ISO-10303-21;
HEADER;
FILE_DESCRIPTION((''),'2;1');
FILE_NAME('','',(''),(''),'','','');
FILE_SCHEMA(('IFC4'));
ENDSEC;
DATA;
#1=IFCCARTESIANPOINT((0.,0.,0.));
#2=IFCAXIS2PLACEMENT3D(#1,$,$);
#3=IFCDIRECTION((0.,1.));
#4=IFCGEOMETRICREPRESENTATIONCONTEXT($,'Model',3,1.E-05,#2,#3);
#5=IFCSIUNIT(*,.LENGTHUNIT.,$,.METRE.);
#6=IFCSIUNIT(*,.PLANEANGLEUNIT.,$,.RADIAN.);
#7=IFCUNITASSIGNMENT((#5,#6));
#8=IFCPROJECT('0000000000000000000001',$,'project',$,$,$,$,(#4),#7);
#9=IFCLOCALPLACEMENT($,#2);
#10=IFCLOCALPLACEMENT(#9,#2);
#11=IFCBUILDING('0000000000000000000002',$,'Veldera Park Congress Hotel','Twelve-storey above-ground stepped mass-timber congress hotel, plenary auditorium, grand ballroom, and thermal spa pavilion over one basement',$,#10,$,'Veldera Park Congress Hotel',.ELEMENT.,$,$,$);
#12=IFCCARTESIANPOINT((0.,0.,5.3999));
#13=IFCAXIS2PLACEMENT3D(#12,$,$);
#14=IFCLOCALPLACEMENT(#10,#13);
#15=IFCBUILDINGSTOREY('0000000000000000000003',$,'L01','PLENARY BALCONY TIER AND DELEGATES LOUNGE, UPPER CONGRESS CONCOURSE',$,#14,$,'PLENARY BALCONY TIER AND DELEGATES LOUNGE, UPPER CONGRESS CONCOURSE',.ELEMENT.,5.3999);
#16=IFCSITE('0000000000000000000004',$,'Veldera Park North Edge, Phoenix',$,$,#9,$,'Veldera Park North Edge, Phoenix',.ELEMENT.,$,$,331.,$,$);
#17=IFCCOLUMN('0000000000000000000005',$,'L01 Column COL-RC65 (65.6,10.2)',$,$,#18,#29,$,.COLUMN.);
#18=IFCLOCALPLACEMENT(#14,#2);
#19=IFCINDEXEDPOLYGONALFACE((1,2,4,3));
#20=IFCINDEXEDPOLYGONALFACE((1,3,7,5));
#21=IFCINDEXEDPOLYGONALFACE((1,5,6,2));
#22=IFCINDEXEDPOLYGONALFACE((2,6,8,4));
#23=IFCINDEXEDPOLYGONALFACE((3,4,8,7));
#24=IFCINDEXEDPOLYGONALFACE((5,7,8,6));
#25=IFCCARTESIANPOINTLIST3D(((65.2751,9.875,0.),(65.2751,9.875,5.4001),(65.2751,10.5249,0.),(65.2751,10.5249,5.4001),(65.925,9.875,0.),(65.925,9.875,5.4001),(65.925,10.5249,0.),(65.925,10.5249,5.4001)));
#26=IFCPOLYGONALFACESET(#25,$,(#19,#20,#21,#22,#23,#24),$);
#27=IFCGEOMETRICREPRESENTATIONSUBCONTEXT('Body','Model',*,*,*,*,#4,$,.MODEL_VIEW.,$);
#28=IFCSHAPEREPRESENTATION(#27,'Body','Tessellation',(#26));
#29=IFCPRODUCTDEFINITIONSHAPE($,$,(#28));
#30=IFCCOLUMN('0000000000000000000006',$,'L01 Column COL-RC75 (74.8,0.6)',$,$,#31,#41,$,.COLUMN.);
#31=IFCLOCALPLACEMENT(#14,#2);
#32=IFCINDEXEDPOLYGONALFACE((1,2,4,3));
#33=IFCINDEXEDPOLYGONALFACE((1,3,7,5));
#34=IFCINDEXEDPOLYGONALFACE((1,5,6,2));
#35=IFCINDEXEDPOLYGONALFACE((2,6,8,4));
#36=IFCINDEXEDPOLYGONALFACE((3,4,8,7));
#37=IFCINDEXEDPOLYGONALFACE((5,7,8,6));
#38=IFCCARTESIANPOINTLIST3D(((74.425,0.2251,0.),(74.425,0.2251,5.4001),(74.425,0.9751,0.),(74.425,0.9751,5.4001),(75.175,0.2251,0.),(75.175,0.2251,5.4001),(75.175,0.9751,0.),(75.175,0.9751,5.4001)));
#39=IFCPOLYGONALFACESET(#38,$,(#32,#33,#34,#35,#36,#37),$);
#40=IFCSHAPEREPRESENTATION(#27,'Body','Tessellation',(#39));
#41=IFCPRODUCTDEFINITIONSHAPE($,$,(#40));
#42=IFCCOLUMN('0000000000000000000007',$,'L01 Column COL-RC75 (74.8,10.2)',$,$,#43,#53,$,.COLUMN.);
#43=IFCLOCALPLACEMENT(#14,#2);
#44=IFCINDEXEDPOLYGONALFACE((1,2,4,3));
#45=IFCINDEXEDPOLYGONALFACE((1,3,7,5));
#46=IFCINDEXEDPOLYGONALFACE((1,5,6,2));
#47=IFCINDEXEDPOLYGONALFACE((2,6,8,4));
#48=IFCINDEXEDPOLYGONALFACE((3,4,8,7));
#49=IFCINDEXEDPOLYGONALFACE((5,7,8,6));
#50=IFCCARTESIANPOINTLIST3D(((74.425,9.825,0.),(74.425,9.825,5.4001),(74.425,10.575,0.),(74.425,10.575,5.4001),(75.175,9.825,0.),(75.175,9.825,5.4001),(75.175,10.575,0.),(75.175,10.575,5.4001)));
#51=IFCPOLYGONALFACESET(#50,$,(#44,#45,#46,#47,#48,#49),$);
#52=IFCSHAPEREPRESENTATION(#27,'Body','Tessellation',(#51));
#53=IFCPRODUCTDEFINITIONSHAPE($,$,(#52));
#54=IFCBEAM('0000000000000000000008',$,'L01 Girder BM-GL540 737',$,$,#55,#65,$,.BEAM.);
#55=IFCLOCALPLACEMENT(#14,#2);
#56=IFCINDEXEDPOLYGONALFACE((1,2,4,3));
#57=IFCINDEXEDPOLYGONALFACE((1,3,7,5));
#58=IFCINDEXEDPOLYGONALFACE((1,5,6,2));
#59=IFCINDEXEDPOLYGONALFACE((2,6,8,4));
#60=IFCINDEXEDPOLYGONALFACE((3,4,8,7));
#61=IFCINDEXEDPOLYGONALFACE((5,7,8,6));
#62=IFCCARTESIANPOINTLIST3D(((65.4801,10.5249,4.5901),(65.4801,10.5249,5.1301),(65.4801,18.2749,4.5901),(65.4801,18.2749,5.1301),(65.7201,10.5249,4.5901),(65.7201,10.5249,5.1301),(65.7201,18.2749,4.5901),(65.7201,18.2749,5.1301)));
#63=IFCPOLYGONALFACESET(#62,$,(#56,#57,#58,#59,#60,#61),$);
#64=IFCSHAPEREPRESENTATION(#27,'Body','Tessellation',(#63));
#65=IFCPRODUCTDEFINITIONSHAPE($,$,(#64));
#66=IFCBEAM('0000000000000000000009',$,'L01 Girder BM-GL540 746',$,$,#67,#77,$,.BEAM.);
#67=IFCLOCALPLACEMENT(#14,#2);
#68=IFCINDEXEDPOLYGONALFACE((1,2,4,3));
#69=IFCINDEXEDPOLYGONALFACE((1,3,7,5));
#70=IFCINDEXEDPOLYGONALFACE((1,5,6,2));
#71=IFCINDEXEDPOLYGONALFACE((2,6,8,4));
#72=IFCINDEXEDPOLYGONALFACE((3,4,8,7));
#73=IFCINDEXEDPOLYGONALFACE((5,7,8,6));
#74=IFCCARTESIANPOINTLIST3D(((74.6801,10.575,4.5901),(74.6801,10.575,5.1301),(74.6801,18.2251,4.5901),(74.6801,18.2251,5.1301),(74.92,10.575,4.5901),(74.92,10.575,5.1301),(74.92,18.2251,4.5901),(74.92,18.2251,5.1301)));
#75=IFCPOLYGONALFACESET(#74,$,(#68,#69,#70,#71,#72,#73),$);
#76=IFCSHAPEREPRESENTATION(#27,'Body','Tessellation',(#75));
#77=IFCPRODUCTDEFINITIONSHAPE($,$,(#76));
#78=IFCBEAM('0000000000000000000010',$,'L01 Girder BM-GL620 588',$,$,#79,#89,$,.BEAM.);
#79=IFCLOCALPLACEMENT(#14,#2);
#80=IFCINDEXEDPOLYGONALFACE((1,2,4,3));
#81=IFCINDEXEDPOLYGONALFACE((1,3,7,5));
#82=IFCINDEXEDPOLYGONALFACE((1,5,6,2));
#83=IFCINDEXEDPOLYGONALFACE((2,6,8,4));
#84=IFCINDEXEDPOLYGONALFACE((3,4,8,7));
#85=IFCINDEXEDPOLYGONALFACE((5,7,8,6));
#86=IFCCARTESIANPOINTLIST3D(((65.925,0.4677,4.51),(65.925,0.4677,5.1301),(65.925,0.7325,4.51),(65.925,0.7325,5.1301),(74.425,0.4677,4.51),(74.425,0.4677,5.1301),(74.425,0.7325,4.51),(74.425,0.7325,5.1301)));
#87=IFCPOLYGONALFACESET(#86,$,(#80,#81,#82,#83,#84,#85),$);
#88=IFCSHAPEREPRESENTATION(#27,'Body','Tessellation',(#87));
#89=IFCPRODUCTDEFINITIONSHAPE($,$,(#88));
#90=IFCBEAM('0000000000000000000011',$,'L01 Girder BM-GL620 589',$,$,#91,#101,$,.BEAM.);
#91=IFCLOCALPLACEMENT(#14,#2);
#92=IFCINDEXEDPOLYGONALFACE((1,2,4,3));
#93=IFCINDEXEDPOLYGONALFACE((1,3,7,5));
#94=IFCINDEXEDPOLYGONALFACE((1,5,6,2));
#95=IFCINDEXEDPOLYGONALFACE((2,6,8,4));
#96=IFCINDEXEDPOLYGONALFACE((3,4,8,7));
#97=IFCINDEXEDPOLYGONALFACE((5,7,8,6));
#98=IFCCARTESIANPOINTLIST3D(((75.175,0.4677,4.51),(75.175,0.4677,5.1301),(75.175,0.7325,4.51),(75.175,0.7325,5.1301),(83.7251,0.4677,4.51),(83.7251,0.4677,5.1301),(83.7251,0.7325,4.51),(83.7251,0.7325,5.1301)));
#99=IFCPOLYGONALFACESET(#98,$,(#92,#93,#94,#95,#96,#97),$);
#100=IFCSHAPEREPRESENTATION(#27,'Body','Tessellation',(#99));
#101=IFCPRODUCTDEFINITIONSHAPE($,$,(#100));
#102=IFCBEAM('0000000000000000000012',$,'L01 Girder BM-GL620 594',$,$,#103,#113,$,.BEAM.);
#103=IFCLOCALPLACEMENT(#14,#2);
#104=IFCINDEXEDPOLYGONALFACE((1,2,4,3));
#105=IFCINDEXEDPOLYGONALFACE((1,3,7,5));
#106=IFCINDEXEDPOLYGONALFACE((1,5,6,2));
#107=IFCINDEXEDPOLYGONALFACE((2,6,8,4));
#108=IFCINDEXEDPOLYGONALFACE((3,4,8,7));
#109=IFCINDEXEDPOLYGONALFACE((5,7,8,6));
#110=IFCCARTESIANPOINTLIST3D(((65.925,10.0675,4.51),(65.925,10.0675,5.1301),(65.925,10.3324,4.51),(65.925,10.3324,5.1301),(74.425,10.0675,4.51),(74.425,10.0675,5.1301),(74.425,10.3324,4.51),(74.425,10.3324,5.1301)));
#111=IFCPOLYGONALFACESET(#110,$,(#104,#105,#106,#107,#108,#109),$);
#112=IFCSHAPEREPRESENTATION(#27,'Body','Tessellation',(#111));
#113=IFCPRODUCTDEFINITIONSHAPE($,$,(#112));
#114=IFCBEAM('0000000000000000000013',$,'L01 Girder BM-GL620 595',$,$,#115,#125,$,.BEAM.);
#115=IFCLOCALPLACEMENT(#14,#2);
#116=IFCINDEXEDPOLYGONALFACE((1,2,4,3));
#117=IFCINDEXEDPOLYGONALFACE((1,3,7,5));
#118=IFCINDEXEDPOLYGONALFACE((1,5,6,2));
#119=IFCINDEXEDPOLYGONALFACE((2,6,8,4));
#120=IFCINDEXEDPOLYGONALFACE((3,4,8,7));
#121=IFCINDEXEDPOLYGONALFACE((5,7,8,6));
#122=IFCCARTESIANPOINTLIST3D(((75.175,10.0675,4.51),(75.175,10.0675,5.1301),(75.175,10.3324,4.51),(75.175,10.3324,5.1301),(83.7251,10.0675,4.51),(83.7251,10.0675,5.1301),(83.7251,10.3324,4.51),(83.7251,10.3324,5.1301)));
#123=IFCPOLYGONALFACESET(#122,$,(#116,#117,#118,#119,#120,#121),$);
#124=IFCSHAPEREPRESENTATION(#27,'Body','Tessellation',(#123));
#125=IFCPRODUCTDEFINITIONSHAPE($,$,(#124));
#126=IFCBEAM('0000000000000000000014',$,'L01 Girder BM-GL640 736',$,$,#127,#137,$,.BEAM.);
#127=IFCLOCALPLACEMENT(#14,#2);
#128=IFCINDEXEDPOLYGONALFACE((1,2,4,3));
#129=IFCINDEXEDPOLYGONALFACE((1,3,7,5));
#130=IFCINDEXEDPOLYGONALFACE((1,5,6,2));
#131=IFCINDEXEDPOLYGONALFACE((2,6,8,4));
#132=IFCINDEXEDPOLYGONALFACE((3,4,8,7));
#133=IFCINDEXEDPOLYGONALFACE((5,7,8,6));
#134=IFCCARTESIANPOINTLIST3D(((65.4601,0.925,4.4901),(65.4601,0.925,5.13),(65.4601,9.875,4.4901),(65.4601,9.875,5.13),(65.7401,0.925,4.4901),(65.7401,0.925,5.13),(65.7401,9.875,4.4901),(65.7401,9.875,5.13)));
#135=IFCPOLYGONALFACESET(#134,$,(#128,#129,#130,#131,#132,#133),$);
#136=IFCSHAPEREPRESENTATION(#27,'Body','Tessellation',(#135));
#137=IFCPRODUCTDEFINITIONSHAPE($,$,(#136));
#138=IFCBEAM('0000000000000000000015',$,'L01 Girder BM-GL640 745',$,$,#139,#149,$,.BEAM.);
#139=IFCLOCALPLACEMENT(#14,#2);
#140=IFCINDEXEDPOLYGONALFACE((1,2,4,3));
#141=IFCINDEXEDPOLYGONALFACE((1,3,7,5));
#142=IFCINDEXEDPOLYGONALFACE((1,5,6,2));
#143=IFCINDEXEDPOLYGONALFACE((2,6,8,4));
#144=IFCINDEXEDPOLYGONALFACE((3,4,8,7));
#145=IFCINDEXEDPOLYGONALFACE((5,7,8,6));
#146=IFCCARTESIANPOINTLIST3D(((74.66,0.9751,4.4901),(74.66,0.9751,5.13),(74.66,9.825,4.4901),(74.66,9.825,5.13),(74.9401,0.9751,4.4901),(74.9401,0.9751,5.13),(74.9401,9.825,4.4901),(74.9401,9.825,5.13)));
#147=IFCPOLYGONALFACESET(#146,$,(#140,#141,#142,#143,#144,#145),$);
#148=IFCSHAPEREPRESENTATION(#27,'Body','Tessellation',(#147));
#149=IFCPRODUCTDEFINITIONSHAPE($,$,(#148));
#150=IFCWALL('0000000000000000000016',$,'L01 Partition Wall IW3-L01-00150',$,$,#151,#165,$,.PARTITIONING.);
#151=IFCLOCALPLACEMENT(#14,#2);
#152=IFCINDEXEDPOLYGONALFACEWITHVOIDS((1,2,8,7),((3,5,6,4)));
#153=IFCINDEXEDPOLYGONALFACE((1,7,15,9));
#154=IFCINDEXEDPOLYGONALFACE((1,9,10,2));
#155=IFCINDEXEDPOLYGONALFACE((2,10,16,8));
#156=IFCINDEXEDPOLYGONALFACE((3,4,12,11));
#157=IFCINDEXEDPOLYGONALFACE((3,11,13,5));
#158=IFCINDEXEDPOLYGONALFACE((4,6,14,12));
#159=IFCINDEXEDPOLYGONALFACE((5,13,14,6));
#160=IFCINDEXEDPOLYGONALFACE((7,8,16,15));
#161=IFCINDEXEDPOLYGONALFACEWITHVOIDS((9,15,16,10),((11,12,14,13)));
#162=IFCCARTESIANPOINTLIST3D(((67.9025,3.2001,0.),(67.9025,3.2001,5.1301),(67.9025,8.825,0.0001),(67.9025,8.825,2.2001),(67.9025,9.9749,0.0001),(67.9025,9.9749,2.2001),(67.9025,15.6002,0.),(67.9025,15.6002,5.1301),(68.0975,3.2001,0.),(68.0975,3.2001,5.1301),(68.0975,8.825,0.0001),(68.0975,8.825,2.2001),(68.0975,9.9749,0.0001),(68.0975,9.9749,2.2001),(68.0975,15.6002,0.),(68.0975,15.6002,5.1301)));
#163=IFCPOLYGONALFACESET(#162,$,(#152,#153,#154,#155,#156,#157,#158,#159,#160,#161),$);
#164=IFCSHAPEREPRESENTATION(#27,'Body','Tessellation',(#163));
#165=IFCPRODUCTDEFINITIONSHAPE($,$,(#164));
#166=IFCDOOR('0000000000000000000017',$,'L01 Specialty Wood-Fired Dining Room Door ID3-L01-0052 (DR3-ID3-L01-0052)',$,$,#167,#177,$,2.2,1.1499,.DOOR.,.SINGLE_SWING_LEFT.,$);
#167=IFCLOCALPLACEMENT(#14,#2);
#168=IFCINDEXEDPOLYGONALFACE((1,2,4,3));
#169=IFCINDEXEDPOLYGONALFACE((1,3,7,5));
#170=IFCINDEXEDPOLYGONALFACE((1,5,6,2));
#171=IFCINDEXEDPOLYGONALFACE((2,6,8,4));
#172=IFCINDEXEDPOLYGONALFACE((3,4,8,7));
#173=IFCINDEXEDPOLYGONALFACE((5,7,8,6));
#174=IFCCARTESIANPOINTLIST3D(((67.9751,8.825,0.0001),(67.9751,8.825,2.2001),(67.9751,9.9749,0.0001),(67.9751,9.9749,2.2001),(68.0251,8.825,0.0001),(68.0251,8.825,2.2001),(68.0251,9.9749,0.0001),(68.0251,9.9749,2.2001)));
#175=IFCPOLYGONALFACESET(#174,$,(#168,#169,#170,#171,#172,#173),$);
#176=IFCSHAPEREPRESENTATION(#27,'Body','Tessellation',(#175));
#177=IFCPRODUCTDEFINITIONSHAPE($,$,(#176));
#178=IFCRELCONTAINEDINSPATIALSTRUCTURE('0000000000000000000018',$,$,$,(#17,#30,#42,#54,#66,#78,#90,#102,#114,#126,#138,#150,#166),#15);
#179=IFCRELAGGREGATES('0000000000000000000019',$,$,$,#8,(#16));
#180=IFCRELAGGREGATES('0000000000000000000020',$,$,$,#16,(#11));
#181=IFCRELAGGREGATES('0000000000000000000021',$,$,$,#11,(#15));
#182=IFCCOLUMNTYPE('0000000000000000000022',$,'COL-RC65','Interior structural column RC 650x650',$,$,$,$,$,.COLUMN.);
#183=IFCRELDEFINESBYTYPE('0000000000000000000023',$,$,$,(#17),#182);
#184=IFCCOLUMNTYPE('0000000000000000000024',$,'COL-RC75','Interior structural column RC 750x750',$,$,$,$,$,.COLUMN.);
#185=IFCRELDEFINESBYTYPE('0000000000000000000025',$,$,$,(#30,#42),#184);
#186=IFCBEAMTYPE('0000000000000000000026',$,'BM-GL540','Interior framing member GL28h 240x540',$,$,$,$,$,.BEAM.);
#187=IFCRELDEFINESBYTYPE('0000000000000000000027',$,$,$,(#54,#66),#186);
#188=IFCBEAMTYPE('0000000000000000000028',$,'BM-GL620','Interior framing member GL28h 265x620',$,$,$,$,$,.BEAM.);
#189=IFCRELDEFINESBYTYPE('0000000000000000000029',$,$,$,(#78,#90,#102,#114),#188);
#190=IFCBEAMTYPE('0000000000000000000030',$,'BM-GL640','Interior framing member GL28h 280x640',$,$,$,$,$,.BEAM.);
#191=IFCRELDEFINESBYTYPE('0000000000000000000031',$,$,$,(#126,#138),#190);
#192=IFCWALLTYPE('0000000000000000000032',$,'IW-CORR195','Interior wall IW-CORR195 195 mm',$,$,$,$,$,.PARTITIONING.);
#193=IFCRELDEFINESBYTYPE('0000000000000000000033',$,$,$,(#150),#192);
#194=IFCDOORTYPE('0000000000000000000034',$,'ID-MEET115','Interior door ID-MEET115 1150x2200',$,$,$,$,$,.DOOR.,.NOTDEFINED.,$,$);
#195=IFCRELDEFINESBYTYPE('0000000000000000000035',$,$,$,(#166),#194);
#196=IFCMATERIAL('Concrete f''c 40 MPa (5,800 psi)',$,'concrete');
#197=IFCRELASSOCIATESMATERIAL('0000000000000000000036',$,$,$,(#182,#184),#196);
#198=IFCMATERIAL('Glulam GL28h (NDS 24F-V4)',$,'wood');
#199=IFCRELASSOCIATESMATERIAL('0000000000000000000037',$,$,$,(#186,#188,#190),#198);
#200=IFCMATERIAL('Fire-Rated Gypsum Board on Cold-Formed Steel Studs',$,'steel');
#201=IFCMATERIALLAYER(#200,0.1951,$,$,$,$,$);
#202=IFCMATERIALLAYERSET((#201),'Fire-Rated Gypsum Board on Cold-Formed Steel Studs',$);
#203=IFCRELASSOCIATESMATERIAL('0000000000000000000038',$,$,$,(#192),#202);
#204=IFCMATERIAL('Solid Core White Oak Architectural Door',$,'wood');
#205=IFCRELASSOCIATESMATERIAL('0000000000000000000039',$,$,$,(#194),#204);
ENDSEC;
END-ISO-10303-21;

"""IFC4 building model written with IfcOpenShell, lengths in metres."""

from ifc_helpers import new_model, si_unit, direction, frame, frame_2d, origin, origin_2d, place, context, subcontext, project, spatial, rectangle, extrude, material, layer, layer_set, material_profile, profile_set, type_object, element, fill, save


model = new_model("IFC4")

# Units and contexts
model_context = context("Model", 3, precision=1e-05, world=origin(), true_north=direction((0.0, 1.0)))
body_context = subcontext(model_context, "Body", "Model", "MODEL_VIEW")
ifc_project = project(units=[si_unit("LENGTHUNIT", "METRE"), si_unit("PLANEANGLEUNIT", "RADIAN")], contexts=[model_context])

# Site, building, storey
site_placement = place(None, origin())
site = spatial("IfcSite", under=ifc_project, at=site_placement, Name="Veldera Park North Edge, Phoenix", LongName="Veldera Park North Edge, Phoenix", CompositionType="ELEMENT", RefElevation=331.0)
building_placement = place(site_placement, origin())
building = spatial("IfcBuilding", under=site, at=building_placement, Name="Veldera Park Congress Hotel", Description="Twelve-storey above-ground stepped mass-timber congress hotel, plenary auditorium, grand ballroom, and thermal spa pavilion over one basement", LongName="Veldera Park Congress Hotel", CompositionType="ELEMENT")
storey_placement = place(building_placement, frame((0.0, 0.0, 5.3999)))
storey = spatial("IfcBuildingStorey", under=building, at=storey_placement, Name="L01", Description="PLENARY BALCONY TIER AND DELEGATES LOUNGE, UPPER CONGRESS CONCOURSE", LongName="PLENARY BALCONY TIER AND DELEGATES LOUNGE, UPPER CONGRESS CONCOURSE", CompositionType="ELEMENT", Elevation=5.3999)

# Columns
ifc_material_1 = material(Name="Concrete f'c 40 MPa (5,800 psi)", Category="concrete")
ifc_material_profile_1 = material_profile(ifc_material_1, rectangle(XDim=0.6499, YDim=0.6499, at=origin_2d()), Name="RC 650x650")
ifc_profile_set_1 = profile_set([ifc_material_profile_1], Name="Concrete f'c 40 MPa (5,800 psi)")
column_type_1 = type_object("IfcColumnType", Name="COL-RC65", Description="Interior structural column RC 650x650", PredefinedType="COLUMN", material=ifc_profile_set_1)
column_placement = place(storey_placement, frame((65.6001, 10.2, 0.0), z_axis=(0.0, 0.0, 1.0), x_axis=(1.0, 0.0, 0.0)))
element("IfcColumn", 1, at=column_placement, inside=storey, type_object=column_type_1, Name="L01 Column COL-RC65 (65.6,10.2)", PredefinedType="COLUMN", context=body_context, shape_type="SweptSolid", body=[
    extrude(rectangle(XDim=0.6499, YDim=0.6499, at=origin_2d()), origin(), (0.0, 0.0, 1.0), 5.4001),
])
ifc_material_profile_2 = material_profile(ifc_material_1, rectangle(XDim=0.75, YDim=0.75, at=origin_2d()), Name="RC 750x750")
ifc_profile_set_2 = profile_set([ifc_material_profile_2], Name="Concrete f'c 40 MPa (5,800 psi)")
column_type_2 = type_object("IfcColumnType", Name="COL-RC75", Description="Interior structural column RC 750x750", PredefinedType="COLUMN", material=ifc_profile_set_2)
for number, where, z_axis, x_axis, name in (
    (2, (74.8, 0.6001, 0.0), (0.0, 0.0, 1.0), (1.0, 0.0, 0.0), "L01 Column COL-RC75 (74.8,0.6)"),
    (3, (74.8, 10.2, 0.0), (0.0, 0.0, 1.0), (1.0, 0.0, 0.0), "L01 Column COL-RC75 (74.8,10.2)"),
):
    element("IfcColumn", number, at=place(storey_placement, frame(where, z_axis=z_axis, x_axis=x_axis)), inside=storey, type_object=column_type_2, Name=name, PredefinedType="COLUMN", context=body_context, shape_type="SweptSolid", body=[
        extrude(rectangle(XDim=0.75, YDim=0.75, at=origin_2d()), origin(), (0.0, 0.0, 1.0), 5.4001),
    ])

# Beams
ifc_material_2 = material(Name="Glulam GL28h (NDS 24F-V4)", Category="wood")
ifc_material_profile_3 = material_profile(ifc_material_2, rectangle(XDim=0.24, YDim=0.54, at=origin_2d()), Name="GL28h 240x540")
ifc_profile_set_3 = profile_set([ifc_material_profile_3], Name="Glulam GL28h (NDS 24F-V4)")
beam_type_1 = type_object("IfcBeamType", Name="BM-GL540", Description="Interior framing member GL28h 240x540", PredefinedType="BEAM", material=ifc_profile_set_3)
beam_1_placement = place(storey_placement, frame((65.6001, 10.5249, 4.8601), z_axis=(0.0, 1.0, 0.0), x_axis=(-1.0, 0.0, 0.0)))
element("IfcBeam", 4, at=beam_1_placement, inside=storey, type_object=beam_type_1, Name="L01 Girder BM-GL540 737", PredefinedType="BEAM", context=body_context, shape_type="SweptSolid", body=[
    extrude(rectangle(XDim=0.24, YDim=0.54, at=origin_2d()), origin(), (0.0, 0.0, 1.0), 7.75),
])
beam_2_placement = place(storey_placement, frame((74.8, 10.575, 4.8601), z_axis=(0.0, 1.0, 0.0), x_axis=(-1.0, 0.0, 0.0)))
element("IfcBeam", 5, at=beam_2_placement, inside=storey, type_object=beam_type_1, Name="L01 Girder BM-GL540 746", PredefinedType="BEAM", context=body_context, shape_type="SweptSolid", body=[
    extrude(rectangle(XDim=0.24, YDim=0.54, at=origin_2d()), origin(), (0.0, 0.0, 1.0), 7.6501),
])
ifc_material_profile_4 = material_profile(ifc_material_2, rectangle(XDim=0.2649, YDim=0.6201, at=origin_2d()), Name="GL28h 265x620")
ifc_profile_set_4 = profile_set([ifc_material_profile_4], Name="Glulam GL28h (NDS 24F-V4)")
beam_type_2 = type_object("IfcBeamType", Name="BM-GL620", Description="Interior framing member GL28h 265x620", PredefinedType="BEAM", material=ifc_profile_set_4)
beam_3_placement = place(storey_placement, frame((65.925, 0.6001, 4.8201), z_axis=(1.0, 0.0, 0.0), x_axis=(0.0, 1.0, 0.0)))
element("IfcBeam", 6, at=beam_3_placement, inside=storey, type_object=beam_type_2, Name="L01 Girder BM-GL620 588", PredefinedType="BEAM", context=body_context, shape_type="SweptSolid", body=[
    extrude(rectangle(XDim=0.2649, YDim=0.6201, at=origin_2d()), origin(), (0.0, 0.0, 1.0), 8.5),
])
beam_4_placement = place(storey_placement, frame((75.175, 0.6001, 4.8201), z_axis=(1.0, 0.0, 0.0), x_axis=(0.0, 1.0, 0.0)))
element("IfcBeam", 7, at=beam_4_placement, inside=storey, type_object=beam_type_2, Name="L01 Girder BM-GL620 589", PredefinedType="BEAM", context=body_context, shape_type="SweptSolid", body=[
    extrude(rectangle(XDim=0.2649, YDim=0.6201, at=origin_2d()), origin(), (0.0, 0.0, 1.0), 8.55),
])
beam_5_placement = place(storey_placement, frame((65.925, 10.2, 4.8201), z_axis=(1.0, 0.0, 0.0), x_axis=(0.0, 1.0, 0.0)))
element("IfcBeam", 8, at=beam_5_placement, inside=storey, type_object=beam_type_2, Name="L01 Girder BM-GL620 594", PredefinedType="BEAM", context=body_context, shape_type="SweptSolid", body=[
    extrude(rectangle(XDim=0.2649, YDim=0.6201, at=origin_2d()), origin(), (0.0, 0.0, 1.0), 8.5),
])
beam_6_placement = place(storey_placement, frame((75.175, 10.2, 4.8201), z_axis=(1.0, 0.0, 0.0), x_axis=(0.0, 1.0, 0.0)))
element("IfcBeam", 9, at=beam_6_placement, inside=storey, type_object=beam_type_2, Name="L01 Girder BM-GL620 595", PredefinedType="BEAM", context=body_context, shape_type="SweptSolid", body=[
    extrude(rectangle(XDim=0.2649, YDim=0.6201, at=origin_2d()), origin(), (0.0, 0.0, 1.0), 8.55),
])
ifc_material_profile_5 = material_profile(ifc_material_2, rectangle(XDim=0.28, YDim=0.6399, at=origin_2d()), Name="GL28h 280x640")
ifc_profile_set_5 = profile_set([ifc_material_profile_5], Name="Glulam GL28h (NDS 24F-V4)")
beam_type_3 = type_object("IfcBeamType", Name="BM-GL640", Description="Interior framing member GL28h 280x640", PredefinedType="BEAM", material=ifc_profile_set_5)
beam_7_placement = place(storey_placement, frame((65.6001, 0.925, 4.8101), z_axis=(0.0, 1.0, 0.0), x_axis=(-1.0, 0.0, 0.0)))
element("IfcBeam", 10, at=beam_7_placement, inside=storey, type_object=beam_type_3, Name="L01 Girder BM-GL640 736", PredefinedType="BEAM", context=body_context, shape_type="SweptSolid", body=[
    extrude(rectangle(XDim=0.28, YDim=0.6399, at=origin_2d()), origin(), (0.0, 0.0, 1.0), 8.95),
])
beam_8_placement = place(storey_placement, frame((74.8, 0.9751, 4.8101), z_axis=(0.0, 1.0, 0.0), x_axis=(-1.0, 0.0, 0.0)))
element("IfcBeam", 11, at=beam_8_placement, inside=storey, type_object=beam_type_3, Name="L01 Girder BM-GL640 745", PredefinedType="BEAM", context=body_context, shape_type="SweptSolid", body=[
    extrude(rectangle(XDim=0.28, YDim=0.6399, at=origin_2d()), origin(), (0.0, 0.0, 1.0), 8.8499),
])

# Wall, opening, door
ifc_material_3 = material(Name="Fire-Rated Gypsum Board on Cold-Formed Steel Studs", Category="steel")
ifc_layer_1 = layer(ifc_material_3, 0.1951)
ifc_layer_set_1 = layer_set([ifc_layer_1], Name="Fire-Rated Gypsum Board on Cold-Formed Steel Studs")
wall_type_1 = type_object("IfcWallType", Name="IW-CORR195", Description="Interior wall IW-CORR195 195 mm", PredefinedType="PARTITIONING", material=ifc_layer_set_1)
wall_1_placement = place(storey_placement, frame((68.0, 3.2, 0.0), z_axis=(0.0, 0.0, 1.0), x_axis=(0.0, 1.0, 0.0)))
wall_1 = element("IfcWall", 12, at=wall_1_placement, inside=storey, type_object=wall_type_1, Name="L01 Partition Wall IW3-L01-00150", PredefinedType="PARTITIONING", context=body_context, shape_type="SweptSolid", body=[
    extrude(rectangle(XDim=12.4001, YDim=0.1951, at=frame_2d((6.2002, 0.0))), origin(), (0.0, 0.0, 1.0), 5.1301),
])
opening_1_placement = place(wall_1_placement, frame((5.625, 0.0, 0.0)))
opening_1 = element("IfcOpeningElement", 13, at=opening_1_placement, cuts=wall_1, PredefinedType="OPENING", context=body_context, shape_type="SweptSolid", body=[
    extrude(rectangle(XDim=1.1499, YDim=2.2, at=frame_2d((0.575, 1.1001))), frame((0.0, 0.1096, 0.0), z_axis=(0.0, -1.0, 0.0), x_axis=(1.0, 0.0, 0.0)), (0.0, 0.0, 1.0), 0.219),
])
ifc_material_4 = material(Name="Solid Core White Oak Architectural Door", Category="wood")
door_type_1 = type_object("IfcDoorType", Name="ID-MEET115", Description="Interior door ID-MEET115 1150x2200", OperationType="NOTDEFINED", PredefinedType="DOOR", material=ifc_material_4)
door_1_placement = place(opening_1_placement, origin())
door_1 = element("IfcDoor", 14, at=door_1_placement, inside=storey, type_object=door_type_1, Name="L01 Specialty Wood-Fired Dining Room Door ID3-L01-0052 (DR3-ID3-L01-0052)", OperationType="SINGLE_SWING_LEFT", OverallHeight=2.2, OverallWidth=1.1499, PredefinedType="DOOR", context=body_context, shape_type="SweptSolid", body=[
    extrude(rectangle(XDim=1.1499, YDim=2.2, at=frame_2d((0.575, 1.1001))), frame((0.0, 0.0249, 0.0), z_axis=(0.0, -1.0, 0.0), x_axis=(1.0, 0.0, 0.0)), (0.0, 0.0, 1.0), 0.05),
])
fill(opening_1, door_1)

save(model, "model.ifc")
